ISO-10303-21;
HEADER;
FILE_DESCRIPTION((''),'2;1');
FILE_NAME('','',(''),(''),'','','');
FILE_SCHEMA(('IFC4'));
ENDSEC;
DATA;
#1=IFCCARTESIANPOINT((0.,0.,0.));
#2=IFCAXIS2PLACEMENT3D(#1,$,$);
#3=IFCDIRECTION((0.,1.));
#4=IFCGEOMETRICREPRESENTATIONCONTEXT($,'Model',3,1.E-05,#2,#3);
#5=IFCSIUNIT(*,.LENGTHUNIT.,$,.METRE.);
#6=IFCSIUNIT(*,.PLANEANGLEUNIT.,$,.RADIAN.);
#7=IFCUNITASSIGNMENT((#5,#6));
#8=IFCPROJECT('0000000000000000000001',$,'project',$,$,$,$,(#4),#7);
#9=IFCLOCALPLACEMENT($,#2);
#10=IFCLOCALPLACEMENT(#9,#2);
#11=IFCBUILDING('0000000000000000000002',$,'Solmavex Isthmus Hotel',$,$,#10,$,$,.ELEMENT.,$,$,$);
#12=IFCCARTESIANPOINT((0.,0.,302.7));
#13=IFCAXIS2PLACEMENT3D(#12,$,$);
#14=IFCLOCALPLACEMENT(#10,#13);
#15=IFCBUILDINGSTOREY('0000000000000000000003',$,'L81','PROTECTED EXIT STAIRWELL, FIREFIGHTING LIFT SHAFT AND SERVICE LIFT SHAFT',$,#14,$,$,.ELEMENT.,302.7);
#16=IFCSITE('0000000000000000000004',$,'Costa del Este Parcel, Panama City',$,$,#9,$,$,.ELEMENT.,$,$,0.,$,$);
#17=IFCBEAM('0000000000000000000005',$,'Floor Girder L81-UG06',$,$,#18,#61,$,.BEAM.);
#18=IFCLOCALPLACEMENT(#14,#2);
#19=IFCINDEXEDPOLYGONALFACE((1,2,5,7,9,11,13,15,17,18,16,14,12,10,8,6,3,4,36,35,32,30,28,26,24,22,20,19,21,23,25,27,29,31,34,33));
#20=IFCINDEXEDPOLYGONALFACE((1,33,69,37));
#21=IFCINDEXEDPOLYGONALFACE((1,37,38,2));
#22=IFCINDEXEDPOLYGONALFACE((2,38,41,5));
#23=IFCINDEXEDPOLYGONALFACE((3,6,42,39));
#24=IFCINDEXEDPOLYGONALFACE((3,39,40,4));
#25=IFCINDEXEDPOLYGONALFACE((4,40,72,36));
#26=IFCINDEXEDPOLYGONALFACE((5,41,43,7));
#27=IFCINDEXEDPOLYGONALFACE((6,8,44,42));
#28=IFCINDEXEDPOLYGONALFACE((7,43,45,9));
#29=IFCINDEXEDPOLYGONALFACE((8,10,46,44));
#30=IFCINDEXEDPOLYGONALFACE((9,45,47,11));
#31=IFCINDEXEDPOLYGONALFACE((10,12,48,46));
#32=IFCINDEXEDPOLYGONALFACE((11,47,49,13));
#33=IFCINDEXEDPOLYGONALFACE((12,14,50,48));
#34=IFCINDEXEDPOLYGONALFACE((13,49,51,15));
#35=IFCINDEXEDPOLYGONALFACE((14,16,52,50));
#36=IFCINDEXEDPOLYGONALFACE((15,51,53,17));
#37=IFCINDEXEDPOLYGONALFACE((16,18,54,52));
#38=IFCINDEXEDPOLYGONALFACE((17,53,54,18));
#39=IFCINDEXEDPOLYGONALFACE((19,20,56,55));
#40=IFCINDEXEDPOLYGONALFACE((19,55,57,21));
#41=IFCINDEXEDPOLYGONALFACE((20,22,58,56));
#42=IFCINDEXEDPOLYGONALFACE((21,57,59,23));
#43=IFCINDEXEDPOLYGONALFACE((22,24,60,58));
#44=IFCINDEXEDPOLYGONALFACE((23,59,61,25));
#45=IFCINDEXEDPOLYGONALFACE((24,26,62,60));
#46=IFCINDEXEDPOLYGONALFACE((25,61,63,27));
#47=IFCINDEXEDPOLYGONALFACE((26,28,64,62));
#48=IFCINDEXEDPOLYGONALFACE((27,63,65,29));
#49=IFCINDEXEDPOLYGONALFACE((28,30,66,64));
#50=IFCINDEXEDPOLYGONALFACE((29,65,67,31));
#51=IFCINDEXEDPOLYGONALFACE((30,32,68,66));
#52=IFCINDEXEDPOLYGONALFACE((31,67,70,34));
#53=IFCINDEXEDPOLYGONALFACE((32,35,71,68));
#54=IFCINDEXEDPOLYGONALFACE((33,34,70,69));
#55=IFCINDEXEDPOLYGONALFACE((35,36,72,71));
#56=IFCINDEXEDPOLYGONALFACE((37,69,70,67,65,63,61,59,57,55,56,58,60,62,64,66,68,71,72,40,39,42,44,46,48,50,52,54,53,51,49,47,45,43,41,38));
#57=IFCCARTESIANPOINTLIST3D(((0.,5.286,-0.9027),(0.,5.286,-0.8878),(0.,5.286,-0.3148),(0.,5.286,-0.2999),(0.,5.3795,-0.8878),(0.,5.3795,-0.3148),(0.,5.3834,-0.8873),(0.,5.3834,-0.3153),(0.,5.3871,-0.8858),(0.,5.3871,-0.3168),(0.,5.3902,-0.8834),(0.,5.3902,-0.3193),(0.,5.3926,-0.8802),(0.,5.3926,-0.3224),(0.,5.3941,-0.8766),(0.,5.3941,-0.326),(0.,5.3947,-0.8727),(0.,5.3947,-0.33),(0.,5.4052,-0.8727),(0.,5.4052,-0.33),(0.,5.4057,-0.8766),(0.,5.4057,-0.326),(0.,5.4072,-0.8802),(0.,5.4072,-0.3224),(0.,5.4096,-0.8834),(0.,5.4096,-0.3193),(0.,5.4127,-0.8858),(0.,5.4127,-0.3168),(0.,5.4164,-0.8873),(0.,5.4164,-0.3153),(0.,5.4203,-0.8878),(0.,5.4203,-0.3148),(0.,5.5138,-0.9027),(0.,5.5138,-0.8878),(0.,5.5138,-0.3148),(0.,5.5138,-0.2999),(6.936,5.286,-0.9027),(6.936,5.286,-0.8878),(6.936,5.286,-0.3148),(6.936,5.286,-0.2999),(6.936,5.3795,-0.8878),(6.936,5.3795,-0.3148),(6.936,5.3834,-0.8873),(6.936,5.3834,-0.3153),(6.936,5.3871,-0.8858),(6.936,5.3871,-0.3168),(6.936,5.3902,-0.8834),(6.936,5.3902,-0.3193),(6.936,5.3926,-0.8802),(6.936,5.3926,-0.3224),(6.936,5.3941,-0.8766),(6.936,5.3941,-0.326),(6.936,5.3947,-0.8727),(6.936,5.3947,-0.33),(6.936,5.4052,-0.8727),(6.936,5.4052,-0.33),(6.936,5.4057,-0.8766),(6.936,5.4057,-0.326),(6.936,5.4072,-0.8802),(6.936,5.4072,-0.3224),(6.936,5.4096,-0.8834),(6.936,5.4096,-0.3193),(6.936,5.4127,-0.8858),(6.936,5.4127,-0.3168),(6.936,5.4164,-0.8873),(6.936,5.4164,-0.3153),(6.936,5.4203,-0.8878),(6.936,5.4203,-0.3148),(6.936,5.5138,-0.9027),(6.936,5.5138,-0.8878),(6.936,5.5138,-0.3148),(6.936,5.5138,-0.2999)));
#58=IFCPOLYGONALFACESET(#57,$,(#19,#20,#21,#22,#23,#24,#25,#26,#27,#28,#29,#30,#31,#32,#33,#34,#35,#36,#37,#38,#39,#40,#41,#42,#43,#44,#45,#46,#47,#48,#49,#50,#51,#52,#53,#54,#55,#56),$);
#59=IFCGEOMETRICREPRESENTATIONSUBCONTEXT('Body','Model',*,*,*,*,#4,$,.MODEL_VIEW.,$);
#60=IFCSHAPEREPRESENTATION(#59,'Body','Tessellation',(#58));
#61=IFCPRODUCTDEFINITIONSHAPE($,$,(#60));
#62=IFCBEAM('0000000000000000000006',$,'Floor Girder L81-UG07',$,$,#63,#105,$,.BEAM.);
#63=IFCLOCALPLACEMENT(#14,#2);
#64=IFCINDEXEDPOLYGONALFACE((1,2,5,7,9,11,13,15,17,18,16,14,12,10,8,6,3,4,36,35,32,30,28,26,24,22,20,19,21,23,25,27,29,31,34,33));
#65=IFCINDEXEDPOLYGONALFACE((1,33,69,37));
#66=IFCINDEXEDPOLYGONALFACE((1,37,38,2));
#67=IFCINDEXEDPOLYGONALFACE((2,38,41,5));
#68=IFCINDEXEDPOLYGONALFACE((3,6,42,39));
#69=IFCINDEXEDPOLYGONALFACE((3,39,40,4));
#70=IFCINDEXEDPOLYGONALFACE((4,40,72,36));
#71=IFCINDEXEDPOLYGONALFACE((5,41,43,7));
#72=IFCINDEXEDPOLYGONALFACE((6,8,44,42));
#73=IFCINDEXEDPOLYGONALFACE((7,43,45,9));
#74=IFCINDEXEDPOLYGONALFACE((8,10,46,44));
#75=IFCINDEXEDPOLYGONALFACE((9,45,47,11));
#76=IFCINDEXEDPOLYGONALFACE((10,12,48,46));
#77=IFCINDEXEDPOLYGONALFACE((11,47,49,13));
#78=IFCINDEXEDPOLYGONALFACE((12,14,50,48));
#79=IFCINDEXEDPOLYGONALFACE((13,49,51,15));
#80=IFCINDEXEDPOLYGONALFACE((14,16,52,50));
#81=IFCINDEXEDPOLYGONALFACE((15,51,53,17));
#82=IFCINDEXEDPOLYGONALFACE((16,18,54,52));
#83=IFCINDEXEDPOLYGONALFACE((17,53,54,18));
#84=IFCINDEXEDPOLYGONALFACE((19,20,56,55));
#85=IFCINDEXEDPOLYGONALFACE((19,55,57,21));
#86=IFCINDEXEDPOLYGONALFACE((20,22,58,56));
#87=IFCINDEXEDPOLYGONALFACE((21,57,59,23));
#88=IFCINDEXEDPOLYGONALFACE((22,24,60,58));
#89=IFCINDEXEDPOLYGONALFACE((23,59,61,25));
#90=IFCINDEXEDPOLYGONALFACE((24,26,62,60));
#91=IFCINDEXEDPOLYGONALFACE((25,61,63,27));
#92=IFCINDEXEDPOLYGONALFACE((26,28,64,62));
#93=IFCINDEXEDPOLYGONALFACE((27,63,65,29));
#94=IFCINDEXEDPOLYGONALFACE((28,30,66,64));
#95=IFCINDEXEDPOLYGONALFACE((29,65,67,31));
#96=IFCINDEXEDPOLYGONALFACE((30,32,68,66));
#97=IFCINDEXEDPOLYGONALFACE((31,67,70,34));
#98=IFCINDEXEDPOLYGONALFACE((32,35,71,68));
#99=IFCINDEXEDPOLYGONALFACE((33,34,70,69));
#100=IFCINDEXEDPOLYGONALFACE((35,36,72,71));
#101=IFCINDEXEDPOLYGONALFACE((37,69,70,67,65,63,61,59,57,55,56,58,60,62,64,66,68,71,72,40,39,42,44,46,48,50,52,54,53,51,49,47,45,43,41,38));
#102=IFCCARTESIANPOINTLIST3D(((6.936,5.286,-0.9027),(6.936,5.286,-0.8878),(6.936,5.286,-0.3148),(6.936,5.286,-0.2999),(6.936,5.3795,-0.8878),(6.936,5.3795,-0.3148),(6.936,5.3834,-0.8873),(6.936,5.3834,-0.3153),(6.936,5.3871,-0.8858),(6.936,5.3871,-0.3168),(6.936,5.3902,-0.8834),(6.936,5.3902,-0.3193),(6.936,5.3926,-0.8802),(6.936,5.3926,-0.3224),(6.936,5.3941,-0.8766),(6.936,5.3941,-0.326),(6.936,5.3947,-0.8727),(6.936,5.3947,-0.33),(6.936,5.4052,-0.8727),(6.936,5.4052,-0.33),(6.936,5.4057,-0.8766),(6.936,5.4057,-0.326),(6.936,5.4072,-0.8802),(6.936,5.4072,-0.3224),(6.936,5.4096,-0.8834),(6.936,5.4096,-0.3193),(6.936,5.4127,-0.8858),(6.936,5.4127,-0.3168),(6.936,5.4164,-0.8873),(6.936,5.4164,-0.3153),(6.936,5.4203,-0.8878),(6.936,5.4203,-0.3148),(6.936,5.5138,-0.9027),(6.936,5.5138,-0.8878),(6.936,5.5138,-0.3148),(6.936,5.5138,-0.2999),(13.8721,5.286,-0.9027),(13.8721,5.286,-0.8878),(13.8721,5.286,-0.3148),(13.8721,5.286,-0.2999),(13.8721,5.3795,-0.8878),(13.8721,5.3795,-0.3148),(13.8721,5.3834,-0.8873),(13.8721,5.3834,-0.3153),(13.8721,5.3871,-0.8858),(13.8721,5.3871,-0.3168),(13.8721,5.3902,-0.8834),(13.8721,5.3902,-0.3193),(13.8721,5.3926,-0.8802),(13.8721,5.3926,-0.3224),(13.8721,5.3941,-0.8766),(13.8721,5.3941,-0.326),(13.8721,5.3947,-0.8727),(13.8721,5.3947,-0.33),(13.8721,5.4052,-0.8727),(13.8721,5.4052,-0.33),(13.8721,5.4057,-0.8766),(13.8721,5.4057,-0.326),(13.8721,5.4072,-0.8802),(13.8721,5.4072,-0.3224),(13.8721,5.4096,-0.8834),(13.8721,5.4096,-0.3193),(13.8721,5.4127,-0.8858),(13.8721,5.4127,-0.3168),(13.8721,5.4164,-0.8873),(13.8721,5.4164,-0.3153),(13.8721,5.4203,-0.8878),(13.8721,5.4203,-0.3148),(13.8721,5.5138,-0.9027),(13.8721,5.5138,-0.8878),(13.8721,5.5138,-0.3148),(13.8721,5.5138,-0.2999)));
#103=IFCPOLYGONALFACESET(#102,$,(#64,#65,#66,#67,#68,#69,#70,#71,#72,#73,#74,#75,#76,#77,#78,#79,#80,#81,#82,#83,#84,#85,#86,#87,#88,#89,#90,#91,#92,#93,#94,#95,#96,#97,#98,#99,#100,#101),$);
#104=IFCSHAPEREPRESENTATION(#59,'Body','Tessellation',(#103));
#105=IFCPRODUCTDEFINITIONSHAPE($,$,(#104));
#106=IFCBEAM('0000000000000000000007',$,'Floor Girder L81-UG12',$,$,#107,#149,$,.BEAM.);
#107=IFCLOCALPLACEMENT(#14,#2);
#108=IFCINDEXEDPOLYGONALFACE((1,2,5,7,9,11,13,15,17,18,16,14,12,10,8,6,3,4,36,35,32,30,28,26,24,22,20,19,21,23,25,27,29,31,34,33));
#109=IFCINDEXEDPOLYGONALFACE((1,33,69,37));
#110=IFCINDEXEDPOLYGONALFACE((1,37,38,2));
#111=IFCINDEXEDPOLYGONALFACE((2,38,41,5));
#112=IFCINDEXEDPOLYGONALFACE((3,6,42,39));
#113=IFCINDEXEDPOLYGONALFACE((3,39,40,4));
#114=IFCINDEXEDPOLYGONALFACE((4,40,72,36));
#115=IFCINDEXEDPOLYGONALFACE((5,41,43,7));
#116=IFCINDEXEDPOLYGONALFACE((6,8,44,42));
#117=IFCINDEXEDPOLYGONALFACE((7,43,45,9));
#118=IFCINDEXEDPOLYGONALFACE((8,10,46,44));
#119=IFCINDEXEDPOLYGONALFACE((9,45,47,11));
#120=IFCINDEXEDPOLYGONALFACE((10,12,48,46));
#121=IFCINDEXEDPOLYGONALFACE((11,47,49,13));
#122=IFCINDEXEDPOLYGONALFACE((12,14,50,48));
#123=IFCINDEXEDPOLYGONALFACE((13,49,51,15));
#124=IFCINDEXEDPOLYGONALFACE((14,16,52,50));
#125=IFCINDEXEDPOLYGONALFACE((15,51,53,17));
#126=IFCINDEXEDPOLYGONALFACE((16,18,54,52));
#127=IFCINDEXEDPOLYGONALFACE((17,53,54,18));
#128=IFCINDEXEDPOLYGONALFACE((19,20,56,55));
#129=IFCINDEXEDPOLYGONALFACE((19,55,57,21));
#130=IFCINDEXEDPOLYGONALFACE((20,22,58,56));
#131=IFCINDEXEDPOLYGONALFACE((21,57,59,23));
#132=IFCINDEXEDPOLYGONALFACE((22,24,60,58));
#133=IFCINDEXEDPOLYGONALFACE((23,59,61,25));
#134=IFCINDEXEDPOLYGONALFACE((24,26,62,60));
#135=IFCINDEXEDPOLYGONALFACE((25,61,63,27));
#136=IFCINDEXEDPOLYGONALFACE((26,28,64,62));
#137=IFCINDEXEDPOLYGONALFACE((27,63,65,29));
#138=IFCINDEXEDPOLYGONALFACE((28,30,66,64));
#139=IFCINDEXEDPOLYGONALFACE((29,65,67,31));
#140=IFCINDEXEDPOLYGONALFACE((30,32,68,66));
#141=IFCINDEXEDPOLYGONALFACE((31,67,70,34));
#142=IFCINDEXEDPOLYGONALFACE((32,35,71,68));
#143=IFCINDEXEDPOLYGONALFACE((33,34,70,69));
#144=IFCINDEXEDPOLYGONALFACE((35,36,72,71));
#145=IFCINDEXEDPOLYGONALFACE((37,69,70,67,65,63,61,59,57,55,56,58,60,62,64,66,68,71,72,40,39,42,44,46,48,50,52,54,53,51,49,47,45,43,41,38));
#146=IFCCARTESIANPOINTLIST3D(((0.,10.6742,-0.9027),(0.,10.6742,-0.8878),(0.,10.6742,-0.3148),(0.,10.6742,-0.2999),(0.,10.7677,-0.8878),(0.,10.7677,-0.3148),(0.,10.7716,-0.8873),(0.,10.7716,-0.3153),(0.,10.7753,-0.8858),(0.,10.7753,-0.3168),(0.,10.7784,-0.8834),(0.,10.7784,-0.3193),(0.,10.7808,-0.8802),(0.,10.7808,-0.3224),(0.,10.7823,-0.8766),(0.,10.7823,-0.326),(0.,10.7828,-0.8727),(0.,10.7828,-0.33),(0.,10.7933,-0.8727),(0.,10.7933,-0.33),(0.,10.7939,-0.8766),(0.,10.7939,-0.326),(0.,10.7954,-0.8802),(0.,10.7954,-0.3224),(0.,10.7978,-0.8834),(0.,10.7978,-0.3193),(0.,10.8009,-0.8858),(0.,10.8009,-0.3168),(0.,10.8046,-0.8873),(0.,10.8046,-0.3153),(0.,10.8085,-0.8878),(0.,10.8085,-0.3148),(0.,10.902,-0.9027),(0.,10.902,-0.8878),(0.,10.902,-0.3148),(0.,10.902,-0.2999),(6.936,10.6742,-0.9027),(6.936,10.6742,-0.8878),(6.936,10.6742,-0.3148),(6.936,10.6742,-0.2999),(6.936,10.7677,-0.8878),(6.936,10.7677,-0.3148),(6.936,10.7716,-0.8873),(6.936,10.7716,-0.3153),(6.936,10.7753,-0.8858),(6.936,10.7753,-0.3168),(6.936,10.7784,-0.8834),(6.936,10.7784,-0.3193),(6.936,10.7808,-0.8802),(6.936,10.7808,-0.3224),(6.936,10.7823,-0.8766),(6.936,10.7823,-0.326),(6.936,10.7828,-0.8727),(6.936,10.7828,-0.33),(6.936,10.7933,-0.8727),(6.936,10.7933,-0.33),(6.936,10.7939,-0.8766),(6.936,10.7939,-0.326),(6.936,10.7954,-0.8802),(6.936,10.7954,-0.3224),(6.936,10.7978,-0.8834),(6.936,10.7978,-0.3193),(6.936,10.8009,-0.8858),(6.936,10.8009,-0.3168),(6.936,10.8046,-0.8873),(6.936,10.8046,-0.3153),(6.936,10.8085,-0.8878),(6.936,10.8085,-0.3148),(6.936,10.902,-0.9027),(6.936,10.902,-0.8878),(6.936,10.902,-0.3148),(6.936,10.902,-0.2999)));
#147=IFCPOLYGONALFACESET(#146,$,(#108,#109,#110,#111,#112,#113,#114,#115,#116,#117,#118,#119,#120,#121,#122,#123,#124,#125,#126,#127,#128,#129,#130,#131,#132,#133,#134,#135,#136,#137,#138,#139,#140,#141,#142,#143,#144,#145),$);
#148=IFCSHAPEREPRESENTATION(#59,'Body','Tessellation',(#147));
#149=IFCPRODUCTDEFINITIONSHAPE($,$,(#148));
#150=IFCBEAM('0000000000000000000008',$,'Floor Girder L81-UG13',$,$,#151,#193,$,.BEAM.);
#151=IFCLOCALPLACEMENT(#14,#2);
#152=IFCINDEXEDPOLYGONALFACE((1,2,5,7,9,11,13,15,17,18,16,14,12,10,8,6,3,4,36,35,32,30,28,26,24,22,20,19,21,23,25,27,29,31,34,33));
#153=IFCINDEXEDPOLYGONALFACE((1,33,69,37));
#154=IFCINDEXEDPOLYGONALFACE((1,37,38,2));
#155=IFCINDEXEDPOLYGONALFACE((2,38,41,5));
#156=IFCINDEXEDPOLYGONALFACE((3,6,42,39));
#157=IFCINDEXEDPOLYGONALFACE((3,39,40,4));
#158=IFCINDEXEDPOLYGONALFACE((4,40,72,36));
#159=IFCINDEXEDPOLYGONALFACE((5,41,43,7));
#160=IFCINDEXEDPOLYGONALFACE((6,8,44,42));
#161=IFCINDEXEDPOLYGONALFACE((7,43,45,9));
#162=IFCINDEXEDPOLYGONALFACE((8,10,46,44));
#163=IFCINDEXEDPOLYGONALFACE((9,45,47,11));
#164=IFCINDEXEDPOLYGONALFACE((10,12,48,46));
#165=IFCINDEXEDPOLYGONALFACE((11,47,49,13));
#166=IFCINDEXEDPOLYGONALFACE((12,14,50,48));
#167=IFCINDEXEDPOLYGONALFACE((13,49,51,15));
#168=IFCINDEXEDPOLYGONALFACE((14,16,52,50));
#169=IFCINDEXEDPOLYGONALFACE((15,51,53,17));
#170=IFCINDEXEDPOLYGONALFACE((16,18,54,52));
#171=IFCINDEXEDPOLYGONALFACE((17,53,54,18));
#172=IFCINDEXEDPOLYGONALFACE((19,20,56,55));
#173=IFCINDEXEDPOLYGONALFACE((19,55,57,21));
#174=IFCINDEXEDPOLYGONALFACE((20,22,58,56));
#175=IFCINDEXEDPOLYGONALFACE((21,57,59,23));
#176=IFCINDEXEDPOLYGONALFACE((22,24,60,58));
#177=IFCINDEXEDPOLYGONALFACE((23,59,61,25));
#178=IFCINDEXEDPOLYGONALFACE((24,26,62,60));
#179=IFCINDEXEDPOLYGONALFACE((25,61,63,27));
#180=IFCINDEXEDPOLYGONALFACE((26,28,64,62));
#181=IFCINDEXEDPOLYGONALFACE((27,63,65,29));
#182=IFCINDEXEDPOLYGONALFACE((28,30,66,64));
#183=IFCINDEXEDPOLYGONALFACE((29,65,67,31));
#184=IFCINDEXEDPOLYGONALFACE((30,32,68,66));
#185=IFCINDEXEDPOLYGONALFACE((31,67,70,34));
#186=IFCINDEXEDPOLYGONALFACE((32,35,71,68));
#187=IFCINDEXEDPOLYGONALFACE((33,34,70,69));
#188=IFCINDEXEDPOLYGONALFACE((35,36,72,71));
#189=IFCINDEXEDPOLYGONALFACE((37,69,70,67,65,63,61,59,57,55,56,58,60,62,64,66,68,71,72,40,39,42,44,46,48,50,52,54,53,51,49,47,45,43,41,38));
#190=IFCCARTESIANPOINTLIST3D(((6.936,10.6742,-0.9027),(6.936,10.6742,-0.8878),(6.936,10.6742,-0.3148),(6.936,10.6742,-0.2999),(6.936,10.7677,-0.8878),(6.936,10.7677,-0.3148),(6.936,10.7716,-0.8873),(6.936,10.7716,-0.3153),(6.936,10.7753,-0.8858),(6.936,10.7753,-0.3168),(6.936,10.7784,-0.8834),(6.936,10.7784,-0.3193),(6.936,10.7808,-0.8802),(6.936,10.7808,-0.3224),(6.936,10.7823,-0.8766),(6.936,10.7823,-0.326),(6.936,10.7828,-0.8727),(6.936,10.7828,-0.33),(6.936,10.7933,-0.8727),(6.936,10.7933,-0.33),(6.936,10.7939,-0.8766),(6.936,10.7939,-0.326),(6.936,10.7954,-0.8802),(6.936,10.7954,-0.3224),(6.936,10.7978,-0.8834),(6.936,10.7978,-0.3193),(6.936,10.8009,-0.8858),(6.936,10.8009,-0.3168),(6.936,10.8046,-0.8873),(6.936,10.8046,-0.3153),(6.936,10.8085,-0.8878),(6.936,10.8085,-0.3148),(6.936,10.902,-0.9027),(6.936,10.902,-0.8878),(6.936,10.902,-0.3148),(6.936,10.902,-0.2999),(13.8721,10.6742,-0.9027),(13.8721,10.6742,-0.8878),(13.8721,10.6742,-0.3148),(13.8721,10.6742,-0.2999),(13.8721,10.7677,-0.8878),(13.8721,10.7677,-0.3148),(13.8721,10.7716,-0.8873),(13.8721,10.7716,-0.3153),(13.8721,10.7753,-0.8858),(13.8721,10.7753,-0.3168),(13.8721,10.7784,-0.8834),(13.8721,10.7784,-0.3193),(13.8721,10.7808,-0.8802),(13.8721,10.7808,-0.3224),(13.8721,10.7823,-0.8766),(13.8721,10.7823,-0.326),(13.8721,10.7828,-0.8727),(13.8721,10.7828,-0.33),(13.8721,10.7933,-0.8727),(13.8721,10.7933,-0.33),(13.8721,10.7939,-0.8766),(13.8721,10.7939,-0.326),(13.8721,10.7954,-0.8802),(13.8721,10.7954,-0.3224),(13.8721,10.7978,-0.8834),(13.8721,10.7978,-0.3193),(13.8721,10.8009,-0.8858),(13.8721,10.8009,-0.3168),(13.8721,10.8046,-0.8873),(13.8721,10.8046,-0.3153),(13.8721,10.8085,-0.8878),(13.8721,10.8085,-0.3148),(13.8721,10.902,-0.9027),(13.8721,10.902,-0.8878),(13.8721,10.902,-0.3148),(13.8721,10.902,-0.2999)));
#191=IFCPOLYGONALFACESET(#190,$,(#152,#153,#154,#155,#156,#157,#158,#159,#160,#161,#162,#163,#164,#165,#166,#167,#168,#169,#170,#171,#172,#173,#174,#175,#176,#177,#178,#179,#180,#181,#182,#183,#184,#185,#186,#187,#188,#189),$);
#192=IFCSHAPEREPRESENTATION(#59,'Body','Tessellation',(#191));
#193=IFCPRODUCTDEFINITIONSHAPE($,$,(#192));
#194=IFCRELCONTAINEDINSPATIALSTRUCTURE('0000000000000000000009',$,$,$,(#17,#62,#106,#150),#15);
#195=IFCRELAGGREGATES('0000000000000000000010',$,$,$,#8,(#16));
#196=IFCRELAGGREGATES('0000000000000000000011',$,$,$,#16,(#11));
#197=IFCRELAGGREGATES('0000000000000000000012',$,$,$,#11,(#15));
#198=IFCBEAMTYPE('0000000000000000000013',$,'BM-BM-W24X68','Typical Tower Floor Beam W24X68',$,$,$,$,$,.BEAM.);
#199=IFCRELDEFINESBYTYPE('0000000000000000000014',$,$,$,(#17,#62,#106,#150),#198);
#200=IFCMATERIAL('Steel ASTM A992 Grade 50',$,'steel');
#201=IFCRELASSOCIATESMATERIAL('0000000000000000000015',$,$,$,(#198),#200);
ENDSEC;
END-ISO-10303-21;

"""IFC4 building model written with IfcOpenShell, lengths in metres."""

from ifc_helpers import new_model, si_unit, direction, frame, origin, origin_2d, place, context, subcontext, project, spatial, i_section, extrude, material, material_profile, profile_set, type_object, element, save


model = new_model("IFC4")

# Units and contexts
model_context = context("Model", 3, precision=1e-05, world=origin(), true_north=direction((0.0, 1.0)))
body_context = subcontext(model_context, "Body", "Model", "MODEL_VIEW")
ifc_project = project(units=[si_unit("LENGTHUNIT", "METRE"), si_unit("PLANEANGLEUNIT", "RADIAN")], contexts=[model_context])

# Site, building, storey
site_placement = place(None, origin())
site = spatial("IfcSite", under=ifc_project, at=site_placement, Name="Costa del Este Parcel, Panama City", CompositionType="ELEMENT", RefElevation=0.0)
building_placement = place(site_placement, origin())
building = spatial("IfcBuilding", under=site, at=building_placement, Name="Solmavex Isthmus Hotel", CompositionType="ELEMENT")
storey_placement = place(building_placement, frame((0.0, 0.0, 302.7)))
storey = spatial("IfcBuildingStorey", under=building, at=storey_placement, Name="L81", Description="PROTECTED EXIT STAIRWELL, FIREFIGHTING LIFT SHAFT AND SERVICE LIFT SHAFT", CompositionType="ELEMENT", Elevation=302.7)

# Beams
ifc_material_1 = material(Name="Steel ASTM A992 Grade 50", Category="steel")
ifc_material_profile_1 = material_profile(ifc_material_1, i_section(OverallWidth=0.2278, OverallDepth=0.6028, WebThickness=0.0105, FlangeThickness=0.0149, FilletRadius=0.0151, at=origin_2d()), Name="W24X68")
ifc_profile_set_1 = profile_set([ifc_material_profile_1], Name="Steel ASTM A992 Grade 50")
beam_type_1 = type_object("IfcBeamType", Name="BM-BM-W24X68", Description="Typical Tower Floor Beam W24X68", PredefinedType="BEAM", material=ifc_profile_set_1)
for number, where, z_axis, x_axis, name in (
    (1, (0.0, 5.3999, -0.6013), (1.0, 0.0, 0.0), (0.0, 1.0, 0.0), "Floor Girder L81-UG06"),
    (2, (6.936, 5.3999, -0.6013), (1.0, 0.0, 0.0), (0.0, 1.0, 0.0), "Floor Girder L81-UG07"),
    (3, (0.0, 10.7881, -0.6013), (1.0, 0.0, 0.0), (0.0, 1.0, 0.0), "Floor Girder L81-UG12"),
    (4, (6.936, 10.7881, -0.6013), (1.0, 0.0, 0.0), (0.0, 1.0, 0.0), "Floor Girder L81-UG13"),
):
    element("IfcBeam", number, at=place(storey_placement, frame(where, z_axis=z_axis, x_axis=x_axis)), inside=storey, type_object=beam_type_1, Name=name, PredefinedType="BEAM", context=body_context, shape_type="SweptSolid", body=[
        extrude(i_section(OverallWidth=0.2278, OverallDepth=0.6028, WebThickness=0.0105, FlangeThickness=0.0149, FilletRadius=0.0151, at=origin_2d()), origin(), (0.0, 0.0, 1.0), 6.936),
    ])

save(model, "model.ifc")
